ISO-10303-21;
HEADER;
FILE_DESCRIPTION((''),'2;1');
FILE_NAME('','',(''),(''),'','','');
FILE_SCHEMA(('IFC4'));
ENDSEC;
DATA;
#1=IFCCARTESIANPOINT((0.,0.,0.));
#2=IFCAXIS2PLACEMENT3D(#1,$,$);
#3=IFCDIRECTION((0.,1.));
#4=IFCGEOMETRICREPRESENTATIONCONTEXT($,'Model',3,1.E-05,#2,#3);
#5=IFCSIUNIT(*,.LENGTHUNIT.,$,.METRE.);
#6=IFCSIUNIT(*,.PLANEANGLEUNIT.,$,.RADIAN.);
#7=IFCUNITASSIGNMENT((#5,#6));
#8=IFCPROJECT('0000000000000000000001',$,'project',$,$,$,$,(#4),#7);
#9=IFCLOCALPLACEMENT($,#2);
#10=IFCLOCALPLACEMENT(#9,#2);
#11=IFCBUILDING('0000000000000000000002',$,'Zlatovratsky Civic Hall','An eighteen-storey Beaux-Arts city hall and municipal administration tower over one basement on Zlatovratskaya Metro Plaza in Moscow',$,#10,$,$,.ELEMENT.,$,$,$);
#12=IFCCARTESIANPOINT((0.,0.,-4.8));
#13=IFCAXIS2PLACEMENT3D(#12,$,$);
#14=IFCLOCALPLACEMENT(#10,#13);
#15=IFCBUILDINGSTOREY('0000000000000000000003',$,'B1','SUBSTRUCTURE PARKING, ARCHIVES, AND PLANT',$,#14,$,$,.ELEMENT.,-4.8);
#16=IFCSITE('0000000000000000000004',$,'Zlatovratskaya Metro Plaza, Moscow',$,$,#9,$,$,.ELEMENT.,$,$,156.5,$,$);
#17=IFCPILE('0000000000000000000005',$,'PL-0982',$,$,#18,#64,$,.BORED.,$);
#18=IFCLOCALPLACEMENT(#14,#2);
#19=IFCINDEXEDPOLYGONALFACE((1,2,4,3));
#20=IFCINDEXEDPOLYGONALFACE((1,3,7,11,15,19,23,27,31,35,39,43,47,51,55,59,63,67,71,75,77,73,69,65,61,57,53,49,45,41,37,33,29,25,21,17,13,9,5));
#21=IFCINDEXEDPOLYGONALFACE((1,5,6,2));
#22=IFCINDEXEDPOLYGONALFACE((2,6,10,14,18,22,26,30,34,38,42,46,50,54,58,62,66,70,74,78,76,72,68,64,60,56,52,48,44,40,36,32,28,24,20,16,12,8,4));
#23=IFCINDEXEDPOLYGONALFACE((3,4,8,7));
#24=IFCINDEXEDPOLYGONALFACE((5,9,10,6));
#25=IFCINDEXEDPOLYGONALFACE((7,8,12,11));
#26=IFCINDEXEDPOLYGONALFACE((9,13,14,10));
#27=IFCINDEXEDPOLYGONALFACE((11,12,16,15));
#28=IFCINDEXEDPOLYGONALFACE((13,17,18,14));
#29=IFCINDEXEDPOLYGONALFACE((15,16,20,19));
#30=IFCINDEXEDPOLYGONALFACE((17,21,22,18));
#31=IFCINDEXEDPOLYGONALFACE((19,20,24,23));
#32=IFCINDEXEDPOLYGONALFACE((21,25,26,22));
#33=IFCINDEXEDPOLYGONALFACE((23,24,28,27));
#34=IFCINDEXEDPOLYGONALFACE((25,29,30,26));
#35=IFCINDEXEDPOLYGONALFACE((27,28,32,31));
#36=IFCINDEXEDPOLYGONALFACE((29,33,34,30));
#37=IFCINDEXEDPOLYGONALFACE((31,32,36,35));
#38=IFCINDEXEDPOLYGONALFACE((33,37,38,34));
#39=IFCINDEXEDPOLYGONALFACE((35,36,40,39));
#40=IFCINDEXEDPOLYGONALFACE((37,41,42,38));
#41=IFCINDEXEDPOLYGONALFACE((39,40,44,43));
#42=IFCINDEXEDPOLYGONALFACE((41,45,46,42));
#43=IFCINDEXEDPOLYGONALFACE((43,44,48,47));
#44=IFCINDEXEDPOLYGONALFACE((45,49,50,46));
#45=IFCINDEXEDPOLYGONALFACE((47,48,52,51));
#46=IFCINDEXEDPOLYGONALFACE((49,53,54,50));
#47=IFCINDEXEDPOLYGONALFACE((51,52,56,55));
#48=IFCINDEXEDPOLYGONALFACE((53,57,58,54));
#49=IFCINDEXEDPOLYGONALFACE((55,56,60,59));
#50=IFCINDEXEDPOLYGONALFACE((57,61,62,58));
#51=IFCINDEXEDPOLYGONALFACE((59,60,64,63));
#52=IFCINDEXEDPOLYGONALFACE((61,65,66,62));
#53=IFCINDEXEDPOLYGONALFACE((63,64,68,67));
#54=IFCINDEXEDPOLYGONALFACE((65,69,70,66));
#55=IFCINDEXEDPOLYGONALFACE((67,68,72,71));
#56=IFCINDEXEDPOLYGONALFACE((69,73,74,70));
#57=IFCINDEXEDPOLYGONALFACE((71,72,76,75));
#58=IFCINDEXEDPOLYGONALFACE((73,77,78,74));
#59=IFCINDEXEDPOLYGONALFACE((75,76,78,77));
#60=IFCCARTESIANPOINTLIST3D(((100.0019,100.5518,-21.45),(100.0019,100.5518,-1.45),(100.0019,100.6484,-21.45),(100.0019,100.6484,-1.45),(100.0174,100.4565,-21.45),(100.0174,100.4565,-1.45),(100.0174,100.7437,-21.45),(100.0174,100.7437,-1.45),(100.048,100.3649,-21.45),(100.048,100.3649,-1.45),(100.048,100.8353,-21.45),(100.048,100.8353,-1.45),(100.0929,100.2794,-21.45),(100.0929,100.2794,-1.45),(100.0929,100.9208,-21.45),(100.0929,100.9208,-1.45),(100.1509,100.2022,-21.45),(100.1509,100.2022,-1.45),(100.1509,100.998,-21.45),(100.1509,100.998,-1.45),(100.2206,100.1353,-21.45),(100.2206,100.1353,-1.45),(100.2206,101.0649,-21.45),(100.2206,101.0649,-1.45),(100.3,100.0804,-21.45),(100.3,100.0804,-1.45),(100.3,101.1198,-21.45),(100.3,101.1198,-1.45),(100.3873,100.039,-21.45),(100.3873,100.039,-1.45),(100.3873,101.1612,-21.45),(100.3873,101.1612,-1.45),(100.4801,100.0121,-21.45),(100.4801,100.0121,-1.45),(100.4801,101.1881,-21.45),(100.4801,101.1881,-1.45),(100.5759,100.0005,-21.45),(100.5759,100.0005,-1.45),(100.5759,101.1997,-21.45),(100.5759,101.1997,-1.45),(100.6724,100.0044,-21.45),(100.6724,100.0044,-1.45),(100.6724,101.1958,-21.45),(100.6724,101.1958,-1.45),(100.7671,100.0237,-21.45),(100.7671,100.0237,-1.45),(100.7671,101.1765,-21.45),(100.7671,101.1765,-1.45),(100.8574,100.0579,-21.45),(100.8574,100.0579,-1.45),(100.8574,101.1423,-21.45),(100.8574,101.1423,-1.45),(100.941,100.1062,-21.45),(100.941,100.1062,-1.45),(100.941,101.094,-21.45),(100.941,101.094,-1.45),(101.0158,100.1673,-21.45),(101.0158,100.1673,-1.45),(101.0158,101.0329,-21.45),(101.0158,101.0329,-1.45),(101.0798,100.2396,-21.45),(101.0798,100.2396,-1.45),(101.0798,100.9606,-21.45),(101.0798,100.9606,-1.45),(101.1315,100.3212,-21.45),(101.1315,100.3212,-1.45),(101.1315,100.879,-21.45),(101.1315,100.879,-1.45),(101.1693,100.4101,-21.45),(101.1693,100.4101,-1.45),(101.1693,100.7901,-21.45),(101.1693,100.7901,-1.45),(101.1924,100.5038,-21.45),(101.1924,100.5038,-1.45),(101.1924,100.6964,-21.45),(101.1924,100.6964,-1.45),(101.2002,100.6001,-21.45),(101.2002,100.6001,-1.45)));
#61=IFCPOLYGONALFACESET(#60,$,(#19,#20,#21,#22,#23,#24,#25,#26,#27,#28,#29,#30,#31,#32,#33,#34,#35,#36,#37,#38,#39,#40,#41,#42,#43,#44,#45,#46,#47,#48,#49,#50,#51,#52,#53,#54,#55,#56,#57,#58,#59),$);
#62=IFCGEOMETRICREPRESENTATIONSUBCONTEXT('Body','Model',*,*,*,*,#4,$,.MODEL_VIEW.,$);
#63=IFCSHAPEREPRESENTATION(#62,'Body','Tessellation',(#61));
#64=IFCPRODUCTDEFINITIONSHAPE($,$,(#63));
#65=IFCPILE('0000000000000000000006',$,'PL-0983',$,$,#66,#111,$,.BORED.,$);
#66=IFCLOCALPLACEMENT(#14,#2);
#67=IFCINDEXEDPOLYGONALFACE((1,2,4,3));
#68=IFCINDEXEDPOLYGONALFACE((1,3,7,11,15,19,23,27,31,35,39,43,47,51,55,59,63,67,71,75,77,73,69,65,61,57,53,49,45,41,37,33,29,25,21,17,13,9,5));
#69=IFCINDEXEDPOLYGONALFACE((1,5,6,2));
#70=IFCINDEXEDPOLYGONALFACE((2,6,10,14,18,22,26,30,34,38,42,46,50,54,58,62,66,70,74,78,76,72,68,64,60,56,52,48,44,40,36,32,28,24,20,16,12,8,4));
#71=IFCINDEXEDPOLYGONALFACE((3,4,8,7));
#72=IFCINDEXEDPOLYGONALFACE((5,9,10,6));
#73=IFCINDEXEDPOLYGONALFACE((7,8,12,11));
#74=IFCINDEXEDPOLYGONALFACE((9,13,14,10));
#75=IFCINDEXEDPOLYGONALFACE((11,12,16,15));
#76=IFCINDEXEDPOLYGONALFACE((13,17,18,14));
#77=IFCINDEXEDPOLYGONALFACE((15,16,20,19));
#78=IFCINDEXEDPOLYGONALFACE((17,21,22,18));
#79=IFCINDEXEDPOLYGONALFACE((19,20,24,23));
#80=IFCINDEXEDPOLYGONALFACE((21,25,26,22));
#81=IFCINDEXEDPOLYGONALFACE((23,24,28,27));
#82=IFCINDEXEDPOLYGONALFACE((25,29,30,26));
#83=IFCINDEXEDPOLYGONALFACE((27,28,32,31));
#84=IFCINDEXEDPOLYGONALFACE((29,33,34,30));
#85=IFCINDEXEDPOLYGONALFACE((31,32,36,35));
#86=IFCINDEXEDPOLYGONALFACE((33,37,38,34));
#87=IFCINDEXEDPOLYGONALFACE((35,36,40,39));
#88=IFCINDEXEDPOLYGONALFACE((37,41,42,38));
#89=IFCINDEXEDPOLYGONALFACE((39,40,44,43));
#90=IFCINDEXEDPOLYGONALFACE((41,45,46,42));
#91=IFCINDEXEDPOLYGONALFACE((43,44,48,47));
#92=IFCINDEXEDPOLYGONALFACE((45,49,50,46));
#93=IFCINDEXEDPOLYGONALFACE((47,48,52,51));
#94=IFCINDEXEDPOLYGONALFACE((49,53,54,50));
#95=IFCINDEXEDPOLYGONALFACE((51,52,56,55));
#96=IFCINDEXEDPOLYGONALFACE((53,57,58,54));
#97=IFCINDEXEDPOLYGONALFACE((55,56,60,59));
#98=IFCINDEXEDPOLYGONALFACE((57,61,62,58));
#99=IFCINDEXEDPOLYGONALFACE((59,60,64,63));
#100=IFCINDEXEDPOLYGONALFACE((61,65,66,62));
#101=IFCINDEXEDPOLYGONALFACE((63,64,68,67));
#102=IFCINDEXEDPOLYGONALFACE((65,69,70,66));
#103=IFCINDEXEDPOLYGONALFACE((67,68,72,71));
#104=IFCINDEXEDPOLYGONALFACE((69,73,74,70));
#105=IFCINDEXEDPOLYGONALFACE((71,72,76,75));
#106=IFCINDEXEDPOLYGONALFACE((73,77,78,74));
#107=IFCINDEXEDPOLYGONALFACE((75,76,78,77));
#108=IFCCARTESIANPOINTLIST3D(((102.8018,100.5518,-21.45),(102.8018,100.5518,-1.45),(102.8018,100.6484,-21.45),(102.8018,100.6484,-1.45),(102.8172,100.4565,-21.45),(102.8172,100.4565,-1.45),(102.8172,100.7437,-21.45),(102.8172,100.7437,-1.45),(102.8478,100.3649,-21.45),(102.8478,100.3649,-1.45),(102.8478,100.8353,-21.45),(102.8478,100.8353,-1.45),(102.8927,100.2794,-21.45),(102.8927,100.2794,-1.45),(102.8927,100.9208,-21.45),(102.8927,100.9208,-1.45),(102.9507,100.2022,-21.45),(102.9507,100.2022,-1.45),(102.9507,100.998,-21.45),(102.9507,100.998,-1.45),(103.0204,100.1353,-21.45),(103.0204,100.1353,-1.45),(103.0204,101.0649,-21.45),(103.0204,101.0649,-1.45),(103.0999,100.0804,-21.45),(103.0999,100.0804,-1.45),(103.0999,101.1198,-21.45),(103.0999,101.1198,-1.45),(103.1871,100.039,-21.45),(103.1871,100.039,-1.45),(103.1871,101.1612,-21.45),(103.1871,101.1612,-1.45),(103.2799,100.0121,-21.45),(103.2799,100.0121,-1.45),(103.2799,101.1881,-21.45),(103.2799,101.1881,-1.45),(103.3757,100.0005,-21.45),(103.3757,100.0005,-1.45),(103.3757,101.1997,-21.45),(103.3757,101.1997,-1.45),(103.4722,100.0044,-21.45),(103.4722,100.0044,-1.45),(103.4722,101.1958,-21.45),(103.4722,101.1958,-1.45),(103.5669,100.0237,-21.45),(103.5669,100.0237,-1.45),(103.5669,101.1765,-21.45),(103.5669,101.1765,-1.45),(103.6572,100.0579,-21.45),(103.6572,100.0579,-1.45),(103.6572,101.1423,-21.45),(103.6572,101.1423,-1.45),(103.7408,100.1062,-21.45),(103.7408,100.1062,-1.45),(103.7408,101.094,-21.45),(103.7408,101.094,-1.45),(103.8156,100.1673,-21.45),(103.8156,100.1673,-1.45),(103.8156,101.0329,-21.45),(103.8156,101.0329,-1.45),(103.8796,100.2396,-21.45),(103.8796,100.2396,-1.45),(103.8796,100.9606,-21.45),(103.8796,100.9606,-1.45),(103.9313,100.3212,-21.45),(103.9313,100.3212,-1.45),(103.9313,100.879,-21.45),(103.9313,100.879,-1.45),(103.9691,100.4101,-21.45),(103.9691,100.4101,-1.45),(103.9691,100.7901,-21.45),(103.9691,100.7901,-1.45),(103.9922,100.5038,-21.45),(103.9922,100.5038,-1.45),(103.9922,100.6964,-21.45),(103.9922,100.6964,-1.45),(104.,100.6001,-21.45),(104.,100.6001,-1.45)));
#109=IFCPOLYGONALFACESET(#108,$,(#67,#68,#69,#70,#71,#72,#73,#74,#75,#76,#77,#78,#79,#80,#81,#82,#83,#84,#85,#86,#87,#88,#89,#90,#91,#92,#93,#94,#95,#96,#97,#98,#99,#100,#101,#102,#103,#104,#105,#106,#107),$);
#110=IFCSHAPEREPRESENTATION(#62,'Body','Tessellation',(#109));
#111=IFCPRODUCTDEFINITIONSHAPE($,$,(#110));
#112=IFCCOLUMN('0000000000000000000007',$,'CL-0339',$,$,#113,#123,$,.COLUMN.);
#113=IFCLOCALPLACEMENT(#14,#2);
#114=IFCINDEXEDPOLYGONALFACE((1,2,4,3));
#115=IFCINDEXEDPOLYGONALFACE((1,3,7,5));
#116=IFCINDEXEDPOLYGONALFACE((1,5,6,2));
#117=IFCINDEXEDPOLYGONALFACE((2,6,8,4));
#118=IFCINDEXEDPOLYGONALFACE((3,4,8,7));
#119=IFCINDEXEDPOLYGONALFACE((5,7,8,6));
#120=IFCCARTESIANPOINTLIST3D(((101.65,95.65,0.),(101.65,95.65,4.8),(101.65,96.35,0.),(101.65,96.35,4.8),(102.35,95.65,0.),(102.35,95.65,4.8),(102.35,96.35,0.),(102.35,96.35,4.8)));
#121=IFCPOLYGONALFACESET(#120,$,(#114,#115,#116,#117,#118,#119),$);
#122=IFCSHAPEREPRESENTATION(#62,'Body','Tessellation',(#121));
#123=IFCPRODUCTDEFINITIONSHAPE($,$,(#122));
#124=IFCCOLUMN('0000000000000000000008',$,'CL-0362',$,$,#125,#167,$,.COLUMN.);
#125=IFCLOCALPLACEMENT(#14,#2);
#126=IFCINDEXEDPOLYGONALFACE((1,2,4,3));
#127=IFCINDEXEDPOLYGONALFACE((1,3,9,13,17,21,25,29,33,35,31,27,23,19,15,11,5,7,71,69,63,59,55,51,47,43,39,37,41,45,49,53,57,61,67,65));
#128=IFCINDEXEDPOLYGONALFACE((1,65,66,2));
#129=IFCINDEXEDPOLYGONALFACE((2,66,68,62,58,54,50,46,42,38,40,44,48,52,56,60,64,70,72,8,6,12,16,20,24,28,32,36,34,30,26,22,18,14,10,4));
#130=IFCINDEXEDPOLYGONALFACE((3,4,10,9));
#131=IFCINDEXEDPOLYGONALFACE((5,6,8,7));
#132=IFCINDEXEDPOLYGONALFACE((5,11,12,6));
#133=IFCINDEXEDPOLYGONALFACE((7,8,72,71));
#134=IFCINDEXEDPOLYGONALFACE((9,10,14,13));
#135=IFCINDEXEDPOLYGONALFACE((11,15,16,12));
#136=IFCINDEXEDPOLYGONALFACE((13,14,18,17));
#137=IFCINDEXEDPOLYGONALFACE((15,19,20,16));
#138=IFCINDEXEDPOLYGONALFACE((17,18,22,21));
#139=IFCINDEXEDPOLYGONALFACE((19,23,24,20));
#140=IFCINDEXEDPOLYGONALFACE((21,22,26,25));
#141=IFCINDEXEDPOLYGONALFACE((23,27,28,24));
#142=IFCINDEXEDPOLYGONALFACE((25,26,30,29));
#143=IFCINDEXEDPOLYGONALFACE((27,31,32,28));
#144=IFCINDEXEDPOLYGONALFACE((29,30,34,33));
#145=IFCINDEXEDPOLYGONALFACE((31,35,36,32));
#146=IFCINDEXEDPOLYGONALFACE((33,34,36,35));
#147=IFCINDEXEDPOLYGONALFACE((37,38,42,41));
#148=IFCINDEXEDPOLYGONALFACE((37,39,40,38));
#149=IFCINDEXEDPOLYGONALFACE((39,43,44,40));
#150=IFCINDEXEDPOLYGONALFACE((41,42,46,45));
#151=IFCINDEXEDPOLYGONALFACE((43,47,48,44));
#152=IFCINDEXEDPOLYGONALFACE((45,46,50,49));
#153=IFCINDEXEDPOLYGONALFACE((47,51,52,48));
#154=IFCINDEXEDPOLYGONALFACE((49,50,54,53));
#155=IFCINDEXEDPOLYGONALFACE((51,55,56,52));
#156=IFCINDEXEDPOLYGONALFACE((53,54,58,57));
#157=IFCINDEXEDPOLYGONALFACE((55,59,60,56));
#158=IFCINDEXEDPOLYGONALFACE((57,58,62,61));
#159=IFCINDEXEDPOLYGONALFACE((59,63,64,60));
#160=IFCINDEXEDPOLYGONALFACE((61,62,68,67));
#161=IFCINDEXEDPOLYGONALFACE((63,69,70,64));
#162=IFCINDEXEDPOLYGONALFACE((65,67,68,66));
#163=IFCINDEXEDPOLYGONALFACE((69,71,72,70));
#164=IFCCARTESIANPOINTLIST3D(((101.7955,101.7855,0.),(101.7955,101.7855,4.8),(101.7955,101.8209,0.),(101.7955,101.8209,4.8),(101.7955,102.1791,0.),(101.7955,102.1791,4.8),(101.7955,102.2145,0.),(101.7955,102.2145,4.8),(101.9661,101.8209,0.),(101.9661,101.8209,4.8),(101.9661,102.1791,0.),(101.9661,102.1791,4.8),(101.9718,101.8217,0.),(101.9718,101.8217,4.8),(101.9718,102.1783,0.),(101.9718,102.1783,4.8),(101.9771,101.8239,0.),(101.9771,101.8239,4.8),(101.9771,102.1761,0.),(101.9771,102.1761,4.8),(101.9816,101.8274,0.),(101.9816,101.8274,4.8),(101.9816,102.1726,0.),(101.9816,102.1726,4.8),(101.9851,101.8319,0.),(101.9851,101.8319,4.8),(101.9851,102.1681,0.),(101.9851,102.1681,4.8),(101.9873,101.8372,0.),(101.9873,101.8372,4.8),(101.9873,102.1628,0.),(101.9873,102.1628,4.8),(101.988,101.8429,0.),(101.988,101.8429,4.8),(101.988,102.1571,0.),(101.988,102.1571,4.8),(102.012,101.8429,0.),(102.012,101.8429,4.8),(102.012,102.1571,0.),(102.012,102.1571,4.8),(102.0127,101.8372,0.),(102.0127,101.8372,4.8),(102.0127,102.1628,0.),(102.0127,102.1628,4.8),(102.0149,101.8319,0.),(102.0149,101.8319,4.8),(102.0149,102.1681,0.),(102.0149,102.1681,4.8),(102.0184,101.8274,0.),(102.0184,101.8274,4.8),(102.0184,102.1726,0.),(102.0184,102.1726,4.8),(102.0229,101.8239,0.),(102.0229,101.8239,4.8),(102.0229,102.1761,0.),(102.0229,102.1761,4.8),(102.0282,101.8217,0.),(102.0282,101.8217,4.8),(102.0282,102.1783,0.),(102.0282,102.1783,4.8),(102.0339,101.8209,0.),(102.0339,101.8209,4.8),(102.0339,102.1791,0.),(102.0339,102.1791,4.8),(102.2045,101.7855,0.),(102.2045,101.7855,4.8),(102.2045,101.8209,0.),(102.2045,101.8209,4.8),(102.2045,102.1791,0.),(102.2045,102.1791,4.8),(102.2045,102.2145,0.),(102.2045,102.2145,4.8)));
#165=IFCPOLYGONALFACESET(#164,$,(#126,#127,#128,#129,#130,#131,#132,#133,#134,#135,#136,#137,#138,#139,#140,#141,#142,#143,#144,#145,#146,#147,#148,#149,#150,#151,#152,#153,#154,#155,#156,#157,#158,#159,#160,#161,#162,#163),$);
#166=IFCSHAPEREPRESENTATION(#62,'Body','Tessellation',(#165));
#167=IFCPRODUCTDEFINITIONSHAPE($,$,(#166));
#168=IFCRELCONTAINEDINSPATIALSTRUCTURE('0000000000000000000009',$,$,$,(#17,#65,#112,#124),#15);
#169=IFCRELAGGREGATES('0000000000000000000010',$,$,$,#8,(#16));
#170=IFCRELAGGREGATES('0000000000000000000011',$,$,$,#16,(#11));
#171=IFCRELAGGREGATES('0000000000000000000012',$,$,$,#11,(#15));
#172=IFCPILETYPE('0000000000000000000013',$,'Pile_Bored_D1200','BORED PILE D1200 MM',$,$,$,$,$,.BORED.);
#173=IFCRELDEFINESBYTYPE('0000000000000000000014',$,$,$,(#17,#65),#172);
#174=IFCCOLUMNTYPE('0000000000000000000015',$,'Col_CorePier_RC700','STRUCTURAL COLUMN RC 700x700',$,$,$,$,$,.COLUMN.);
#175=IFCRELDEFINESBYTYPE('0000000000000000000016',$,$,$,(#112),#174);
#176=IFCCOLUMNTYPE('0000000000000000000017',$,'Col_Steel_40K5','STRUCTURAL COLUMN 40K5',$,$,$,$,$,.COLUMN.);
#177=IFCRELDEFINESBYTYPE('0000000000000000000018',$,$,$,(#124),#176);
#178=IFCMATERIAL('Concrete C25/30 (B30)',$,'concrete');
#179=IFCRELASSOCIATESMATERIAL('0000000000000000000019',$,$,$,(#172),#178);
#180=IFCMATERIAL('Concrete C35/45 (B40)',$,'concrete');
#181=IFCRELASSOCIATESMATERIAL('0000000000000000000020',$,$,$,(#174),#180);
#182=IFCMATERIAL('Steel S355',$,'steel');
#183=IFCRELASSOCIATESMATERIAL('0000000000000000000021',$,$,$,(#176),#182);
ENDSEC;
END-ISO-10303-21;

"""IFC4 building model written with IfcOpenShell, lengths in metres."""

from ifc_helpers import new_model, si_unit, direction, frame, origin, origin_2d, place, context, subcontext, project, spatial, rectangle, circle, i_section, extrude, material, material_profile, profile_set, type_object, element, save


model = new_model("IFC4")

# Units and contexts
model_context = context("Model", 3, precision=1e-05, world=origin(), true_north=direction((0.0, 1.0)))
body_context = subcontext(model_context, "Body", "Model", "MODEL_VIEW")
ifc_project = project(units=[si_unit("LENGTHUNIT", "METRE"), si_unit("PLANEANGLEUNIT", "RADIAN")], contexts=[model_context])

# Site, building, storey
site_placement = place(None, origin())
site = spatial("IfcSite", under=ifc_project, at=site_placement, Name="Zlatovratskaya Metro Plaza, Moscow", CompositionType="ELEMENT", RefElevation=156.5)
building_placement = place(site_placement, origin())
building = spatial("IfcBuilding", under=site, at=building_placement, Name="Zlatovratsky Civic Hall", Description="An eighteen-storey Beaux-Arts city hall and municipal administration tower over one basement on Zlatovratskaya Metro Plaza in Moscow", CompositionType="ELEMENT")
storey_placement = place(building_placement, frame((0.0, 0.0, -4.8)))
storey = spatial("IfcBuildingStorey", under=building, at=storey_placement, Name="B1", Description="SUBSTRUCTURE PARKING, ARCHIVES, AND PLANT", CompositionType="ELEMENT", Elevation=-4.8)

# Shared definitions
ifc_material_1 = material(Name="Concrete C25/30 (B30)", Category="concrete")

# Piles
ifc_material_profile_1 = material_profile(ifc_material_1, circle(Radius=0.6001, at=origin_2d()), Name="PILE D1200")
ifc_profile_set_1 = profile_set([ifc_material_profile_1], Name="Concrete C25/30 (B30)")
pile_type_1 = type_object("IfcPileType", Name="Pile_Bored_D1200", Description="BORED PILE D1200 MM", PredefinedType="BORED", material=ifc_profile_set_1)
for number, where, z_axis, x_axis, name in (
    (1, (100.6001, 100.6001, -1.45), (0.0, 0.0, -1.0), (1.0, 0.0, 0.0), "PL-0982"),
    (2, (103.3999, 100.6001, -1.45), (0.0, 0.0, -1.0), (1.0, 0.0, 0.0), "PL-0983"),
):
    element("IfcPile", number, at=place(storey_placement, frame(where, z_axis=z_axis, x_axis=x_axis)), inside=storey, type_object=pile_type_1, Name=name, PredefinedType="BORED", context=body_context, shape_type="SweptSolid", body=[
        extrude(circle(Radius=0.6001, at=origin_2d()), origin(), (0.0, 0.0, 1.0), 20.0),
    ])

# Columns
ifc_material_2 = material(Name="Concrete C35/45 (B40)", Category="concrete")
ifc_material_profile_2 = material_profile(ifc_material_2, rectangle(XDim=0.7, YDim=0.7, at=origin_2d()), Name="RC 700x700")
ifc_profile_set_2 = profile_set([ifc_material_profile_2], Name="Concrete C35/45 (B40)")
column_type_1 = type_object("IfcColumnType", Name="Col_CorePier_RC700", Description="STRUCTURAL COLUMN RC 700x700", PredefinedType="COLUMN", material=ifc_profile_set_2)
column_1_placement = place(storey_placement, frame((102.0, 96.0, 0.0), z_axis=(0.0, 0.0, 1.0), x_axis=(1.0, 0.0, 0.0)))
element("IfcColumn", 3, at=column_1_placement, inside=storey, type_object=column_type_1, Name="CL-0339", PredefinedType="COLUMN", context=body_context, shape_type="SweptSolid", body=[
    extrude(rectangle(XDim=0.7, YDim=0.7, at=origin_2d()), origin(), (0.0, 0.0, 1.0), 4.8),
])
ifc_material_3 = material(Name="Steel S355", Category="steel")
ifc_material_profile_3 = material_profile(ifc_material_3, i_section(OverallWidth=0.4089, OverallDepth=0.429, WebThickness=0.0239, FlangeThickness=0.0354, FilletRadius=0.022, at=origin_2d()), Name="40K5")
ifc_profile_set_3 = profile_set([ifc_material_profile_3], Name="Steel S355")
column_type_2 = type_object("IfcColumnType", Name="Col_Steel_40K5", Description="STRUCTURAL COLUMN 40K5", PredefinedType="COLUMN", material=ifc_profile_set_3)
column_2_placement = place(storey_placement, frame((102.0, 102.0, 0.0), z_axis=(0.0, 0.0, 1.0), x_axis=(1.0, 0.0, 0.0)))
element("IfcColumn", 4, at=column_2_placement, inside=storey, type_object=column_type_2, Name="CL-0362", PredefinedType="COLUMN", context=body_context, shape_type="SweptSolid", body=[
    extrude(i_section(OverallWidth=0.4089, OverallDepth=0.429, WebThickness=0.0239, FlangeThickness=0.0354, FilletRadius=0.022, at=origin_2d()), origin(), (0.0, 0.0, 1.0), 4.8),
])

save(model, "model.ifc")
